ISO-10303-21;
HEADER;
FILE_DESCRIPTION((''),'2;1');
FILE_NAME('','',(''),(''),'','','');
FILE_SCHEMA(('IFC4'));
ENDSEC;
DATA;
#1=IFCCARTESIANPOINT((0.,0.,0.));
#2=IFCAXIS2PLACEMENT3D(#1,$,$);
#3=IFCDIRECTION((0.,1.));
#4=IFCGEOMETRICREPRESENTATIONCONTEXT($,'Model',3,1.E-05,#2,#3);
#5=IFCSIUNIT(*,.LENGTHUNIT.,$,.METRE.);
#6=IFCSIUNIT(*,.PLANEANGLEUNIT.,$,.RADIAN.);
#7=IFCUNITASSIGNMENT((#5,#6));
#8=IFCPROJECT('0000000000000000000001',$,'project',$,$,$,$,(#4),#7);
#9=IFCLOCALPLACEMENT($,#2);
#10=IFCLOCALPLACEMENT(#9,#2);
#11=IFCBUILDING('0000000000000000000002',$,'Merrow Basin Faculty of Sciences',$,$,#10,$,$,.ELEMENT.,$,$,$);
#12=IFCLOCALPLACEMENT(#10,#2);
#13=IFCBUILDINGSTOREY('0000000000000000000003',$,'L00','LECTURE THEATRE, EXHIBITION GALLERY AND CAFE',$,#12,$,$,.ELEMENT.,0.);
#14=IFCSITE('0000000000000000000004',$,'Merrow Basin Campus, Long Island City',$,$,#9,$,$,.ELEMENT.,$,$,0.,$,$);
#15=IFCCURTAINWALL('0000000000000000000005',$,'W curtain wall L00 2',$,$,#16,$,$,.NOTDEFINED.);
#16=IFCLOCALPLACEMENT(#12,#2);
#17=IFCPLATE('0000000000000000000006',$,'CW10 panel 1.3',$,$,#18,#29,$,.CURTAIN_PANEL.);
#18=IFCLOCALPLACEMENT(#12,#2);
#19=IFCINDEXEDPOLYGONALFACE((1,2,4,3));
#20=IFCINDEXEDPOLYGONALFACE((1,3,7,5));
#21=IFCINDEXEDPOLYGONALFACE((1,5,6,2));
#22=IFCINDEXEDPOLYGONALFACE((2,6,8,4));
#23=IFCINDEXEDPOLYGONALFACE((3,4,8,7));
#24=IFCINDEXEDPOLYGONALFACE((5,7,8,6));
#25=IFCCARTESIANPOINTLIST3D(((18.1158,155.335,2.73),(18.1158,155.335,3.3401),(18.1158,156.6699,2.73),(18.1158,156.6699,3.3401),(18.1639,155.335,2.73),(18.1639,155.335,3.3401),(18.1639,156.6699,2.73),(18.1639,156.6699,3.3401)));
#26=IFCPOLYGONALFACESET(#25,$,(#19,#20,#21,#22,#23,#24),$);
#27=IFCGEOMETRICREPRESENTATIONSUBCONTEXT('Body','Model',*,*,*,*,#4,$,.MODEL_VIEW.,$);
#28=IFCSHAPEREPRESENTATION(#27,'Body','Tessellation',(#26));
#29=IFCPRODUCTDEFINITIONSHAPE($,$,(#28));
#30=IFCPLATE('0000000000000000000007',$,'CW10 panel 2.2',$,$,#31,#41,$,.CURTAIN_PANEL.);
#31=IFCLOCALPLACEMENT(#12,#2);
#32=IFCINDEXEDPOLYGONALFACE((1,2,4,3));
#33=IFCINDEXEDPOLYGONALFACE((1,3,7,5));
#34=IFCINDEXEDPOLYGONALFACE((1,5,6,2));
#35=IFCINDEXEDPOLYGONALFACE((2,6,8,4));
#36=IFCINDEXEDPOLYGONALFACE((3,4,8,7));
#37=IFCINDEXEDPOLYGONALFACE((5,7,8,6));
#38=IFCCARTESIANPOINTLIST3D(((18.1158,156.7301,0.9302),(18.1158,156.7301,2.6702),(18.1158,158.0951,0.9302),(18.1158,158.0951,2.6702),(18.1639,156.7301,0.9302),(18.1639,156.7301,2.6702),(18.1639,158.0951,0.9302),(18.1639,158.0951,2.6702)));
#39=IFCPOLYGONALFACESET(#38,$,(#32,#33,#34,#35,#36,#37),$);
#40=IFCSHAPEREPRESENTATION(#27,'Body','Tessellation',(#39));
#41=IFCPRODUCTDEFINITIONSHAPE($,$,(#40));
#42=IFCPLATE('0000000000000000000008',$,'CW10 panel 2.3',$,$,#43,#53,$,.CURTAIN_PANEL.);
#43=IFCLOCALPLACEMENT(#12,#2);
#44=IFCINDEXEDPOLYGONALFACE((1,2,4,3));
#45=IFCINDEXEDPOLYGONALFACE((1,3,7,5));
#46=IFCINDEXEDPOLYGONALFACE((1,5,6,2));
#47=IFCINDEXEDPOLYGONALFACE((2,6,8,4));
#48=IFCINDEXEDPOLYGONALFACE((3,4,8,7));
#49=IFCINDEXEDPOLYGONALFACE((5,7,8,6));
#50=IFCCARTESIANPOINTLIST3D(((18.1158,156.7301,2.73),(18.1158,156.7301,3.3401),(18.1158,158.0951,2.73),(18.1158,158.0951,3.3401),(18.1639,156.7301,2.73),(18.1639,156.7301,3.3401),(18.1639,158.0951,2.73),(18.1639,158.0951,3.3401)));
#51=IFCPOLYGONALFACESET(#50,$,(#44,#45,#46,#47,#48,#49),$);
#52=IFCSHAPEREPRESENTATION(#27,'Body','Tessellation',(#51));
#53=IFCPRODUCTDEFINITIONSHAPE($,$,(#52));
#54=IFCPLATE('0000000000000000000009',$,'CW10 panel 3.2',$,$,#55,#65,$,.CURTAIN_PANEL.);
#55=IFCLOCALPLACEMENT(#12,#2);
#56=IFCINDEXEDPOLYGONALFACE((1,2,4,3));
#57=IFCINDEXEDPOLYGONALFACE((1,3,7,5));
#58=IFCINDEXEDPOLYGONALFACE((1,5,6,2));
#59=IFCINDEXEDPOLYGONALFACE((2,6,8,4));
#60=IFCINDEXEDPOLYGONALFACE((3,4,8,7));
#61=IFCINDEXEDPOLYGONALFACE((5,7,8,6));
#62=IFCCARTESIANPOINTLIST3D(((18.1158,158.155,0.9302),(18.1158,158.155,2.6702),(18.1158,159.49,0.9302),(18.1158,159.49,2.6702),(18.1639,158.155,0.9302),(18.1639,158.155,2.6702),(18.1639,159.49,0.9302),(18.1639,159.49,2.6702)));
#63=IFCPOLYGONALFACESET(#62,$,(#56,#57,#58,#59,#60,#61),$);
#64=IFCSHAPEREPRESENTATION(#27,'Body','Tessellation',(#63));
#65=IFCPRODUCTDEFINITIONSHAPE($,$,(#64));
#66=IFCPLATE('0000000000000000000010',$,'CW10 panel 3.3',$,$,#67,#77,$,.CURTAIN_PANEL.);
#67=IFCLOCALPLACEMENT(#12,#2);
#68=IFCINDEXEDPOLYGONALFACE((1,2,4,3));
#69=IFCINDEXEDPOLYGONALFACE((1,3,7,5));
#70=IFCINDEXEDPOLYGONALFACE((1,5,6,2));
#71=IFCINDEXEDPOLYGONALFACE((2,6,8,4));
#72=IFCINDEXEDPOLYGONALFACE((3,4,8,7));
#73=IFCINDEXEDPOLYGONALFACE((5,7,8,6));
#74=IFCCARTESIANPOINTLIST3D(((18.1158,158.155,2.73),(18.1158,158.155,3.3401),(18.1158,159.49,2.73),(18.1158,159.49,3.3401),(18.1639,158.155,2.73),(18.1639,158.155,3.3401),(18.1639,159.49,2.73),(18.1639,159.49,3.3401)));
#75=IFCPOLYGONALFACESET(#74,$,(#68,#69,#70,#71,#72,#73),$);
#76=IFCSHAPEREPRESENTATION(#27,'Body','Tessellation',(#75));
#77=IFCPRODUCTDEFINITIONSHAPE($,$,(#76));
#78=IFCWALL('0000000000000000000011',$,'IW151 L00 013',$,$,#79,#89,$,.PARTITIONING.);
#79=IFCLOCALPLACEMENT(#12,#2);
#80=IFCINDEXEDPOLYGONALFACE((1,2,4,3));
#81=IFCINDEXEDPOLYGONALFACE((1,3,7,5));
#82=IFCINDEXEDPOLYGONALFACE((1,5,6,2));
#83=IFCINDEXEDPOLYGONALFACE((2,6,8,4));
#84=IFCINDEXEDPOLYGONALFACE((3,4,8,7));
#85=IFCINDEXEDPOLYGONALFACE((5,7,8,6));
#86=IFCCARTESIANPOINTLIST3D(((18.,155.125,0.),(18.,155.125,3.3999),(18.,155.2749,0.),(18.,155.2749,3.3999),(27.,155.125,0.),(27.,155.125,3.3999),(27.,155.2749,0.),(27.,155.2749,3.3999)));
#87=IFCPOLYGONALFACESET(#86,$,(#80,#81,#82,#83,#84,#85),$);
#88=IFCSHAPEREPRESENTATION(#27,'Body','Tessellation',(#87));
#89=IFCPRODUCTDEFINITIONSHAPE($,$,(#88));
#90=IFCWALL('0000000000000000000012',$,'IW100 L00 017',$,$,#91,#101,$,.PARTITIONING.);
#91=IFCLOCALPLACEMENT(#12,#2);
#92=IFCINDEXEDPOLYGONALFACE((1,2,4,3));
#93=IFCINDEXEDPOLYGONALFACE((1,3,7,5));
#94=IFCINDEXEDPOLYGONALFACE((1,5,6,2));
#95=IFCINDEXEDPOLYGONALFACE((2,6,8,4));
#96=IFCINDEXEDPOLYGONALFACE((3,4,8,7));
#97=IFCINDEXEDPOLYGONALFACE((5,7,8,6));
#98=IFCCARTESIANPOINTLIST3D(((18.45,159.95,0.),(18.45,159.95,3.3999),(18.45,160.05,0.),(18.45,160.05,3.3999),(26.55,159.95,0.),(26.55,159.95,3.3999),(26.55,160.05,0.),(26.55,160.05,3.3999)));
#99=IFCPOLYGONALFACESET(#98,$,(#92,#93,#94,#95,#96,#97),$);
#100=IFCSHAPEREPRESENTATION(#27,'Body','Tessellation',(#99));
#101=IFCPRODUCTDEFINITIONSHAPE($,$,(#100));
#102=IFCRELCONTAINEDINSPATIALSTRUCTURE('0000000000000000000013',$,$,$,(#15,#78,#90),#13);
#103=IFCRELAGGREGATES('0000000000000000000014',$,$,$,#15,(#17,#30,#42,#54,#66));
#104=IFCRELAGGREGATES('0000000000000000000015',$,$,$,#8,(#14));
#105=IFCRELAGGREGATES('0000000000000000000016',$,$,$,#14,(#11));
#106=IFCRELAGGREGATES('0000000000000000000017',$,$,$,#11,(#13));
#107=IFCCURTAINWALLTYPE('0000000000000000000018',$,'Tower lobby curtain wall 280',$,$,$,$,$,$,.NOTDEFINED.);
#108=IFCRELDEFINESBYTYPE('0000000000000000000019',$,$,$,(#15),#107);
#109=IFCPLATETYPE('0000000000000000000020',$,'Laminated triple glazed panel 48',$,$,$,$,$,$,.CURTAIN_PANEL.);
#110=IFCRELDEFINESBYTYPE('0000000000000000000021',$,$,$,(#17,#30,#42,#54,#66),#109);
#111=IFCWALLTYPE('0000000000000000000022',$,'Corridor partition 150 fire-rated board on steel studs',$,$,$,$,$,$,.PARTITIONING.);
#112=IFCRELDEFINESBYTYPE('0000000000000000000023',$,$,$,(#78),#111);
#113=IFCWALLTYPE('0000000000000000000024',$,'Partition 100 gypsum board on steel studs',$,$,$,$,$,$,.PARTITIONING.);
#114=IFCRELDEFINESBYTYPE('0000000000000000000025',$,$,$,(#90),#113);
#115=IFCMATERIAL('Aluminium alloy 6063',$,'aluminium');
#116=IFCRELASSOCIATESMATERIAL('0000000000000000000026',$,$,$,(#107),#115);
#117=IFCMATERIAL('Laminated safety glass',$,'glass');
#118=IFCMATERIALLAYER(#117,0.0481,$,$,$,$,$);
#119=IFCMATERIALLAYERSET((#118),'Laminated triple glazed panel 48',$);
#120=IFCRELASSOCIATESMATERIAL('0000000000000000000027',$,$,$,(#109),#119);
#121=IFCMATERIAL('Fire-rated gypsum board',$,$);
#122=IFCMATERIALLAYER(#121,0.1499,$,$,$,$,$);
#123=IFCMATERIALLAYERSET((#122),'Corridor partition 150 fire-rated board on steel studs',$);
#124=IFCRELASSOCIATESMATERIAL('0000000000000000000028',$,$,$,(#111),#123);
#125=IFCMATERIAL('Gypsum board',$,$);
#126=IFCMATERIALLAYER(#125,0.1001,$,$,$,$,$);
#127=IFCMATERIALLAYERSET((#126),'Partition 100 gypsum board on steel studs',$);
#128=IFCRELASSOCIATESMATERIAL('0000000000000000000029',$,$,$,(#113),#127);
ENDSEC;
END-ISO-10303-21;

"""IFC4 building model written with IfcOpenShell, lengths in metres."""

from ifc_helpers import new_model, si_unit, direction, frame, frame_2d, origin, origin_2d, place, context, subcontext, project, spatial, rectangle, extrude, material, layer, layer_set, type_object, element, aggregate, save


model = new_model("IFC4")

# Units and contexts
model_context = context("Model", 3, precision=1e-05, world=origin(), true_north=direction((0.0, 1.0)))
body_context = subcontext(model_context, "Body", "Model", "MODEL_VIEW")
ifc_project = project(units=[si_unit("LENGTHUNIT", "METRE"), si_unit("PLANEANGLEUNIT", "RADIAN")], contexts=[model_context])

# Site, building, storey
site_placement = place(None, origin())
site = spatial("IfcSite", under=ifc_project, at=site_placement, Name="Merrow Basin Campus, Long Island City", CompositionType="ELEMENT", RefElevation=0.0)
building_placement = place(site_placement, origin())
building = spatial("IfcBuilding", under=site, at=building_placement, Name="Merrow Basin Faculty of Sciences", CompositionType="ELEMENT")
storey_placement = place(building_placement, origin())
storey = spatial("IfcBuildingStorey", under=building, at=storey_placement, Name="L00", Description="LECTURE THEATRE, EXHIBITION GALLERY AND CAFE", CompositionType="ELEMENT", Elevation=0.0)

# Curtain wall, plates
ifc_material_1 = material(Name="Aluminium alloy 6063", Category="aluminium")
curtain_wall_type = type_object("IfcCurtainWallType", Name="Tower lobby curtain wall 280", PredefinedType="NOTDEFINED", material=ifc_material_1)
curtain_wall_placement = place(storey_placement, origin())
curtain_wall = element("IfcCurtainWall", 1, at=curtain_wall_placement, inside=storey, type_object=curtain_wall_type, Name="W curtain wall L00 2", PredefinedType="NOTDEFINED")
ifc_material_2 = material(Name="Laminated safety glass", Category="glass")
ifc_layer_1 = layer(ifc_material_2, 0.0481)
ifc_layer_set_1 = layer_set([ifc_layer_1], Name="Laminated triple glazed panel 48")
plate_type_1 = type_object("IfcPlateType", Name="Laminated triple glazed panel 48", PredefinedType="CURTAIN_PANEL", material=ifc_layer_set_1)
plate_1_placement = place(storey_placement, frame((18.1399, 156.0024, 2.73), z_axis=(0.0, 0.0, 1.0), x_axis=(0.0, 1.0, 0.0)))
plate_1 = element("IfcPlate", 2, at=plate_1_placement, type_object=plate_type_1, Name="CW10 panel 1.3", PredefinedType="CURTAIN_PANEL", context=body_context, shape_type="SweptSolid", body=[
    extrude(rectangle(XDim=1.335, YDim=0.0481, at=origin_2d()), origin(), (0.0, 0.0, 1.0), 0.6101),
])
plate_2_placement = place(storey_placement, frame((18.1399, 157.4126, 0.9302), z_axis=(0.0, 0.0, 1.0), x_axis=(0.0, 1.0, 0.0)))
plate_2 = element("IfcPlate", 3, at=plate_2_placement, type_object=plate_type_1, Name="CW10 panel 2.2", PredefinedType="CURTAIN_PANEL", context=body_context, shape_type="SweptSolid", body=[
    extrude(rectangle(XDim=1.365, YDim=0.0481, at=origin_2d()), origin(), (0.0, 0.0, 1.0), 1.74),
])
plate_3_placement = place(storey_placement, frame((18.1399, 157.4126, 2.73), z_axis=(0.0, 0.0, 1.0), x_axis=(0.0, 1.0, 0.0)))
plate_3 = element("IfcPlate", 4, at=plate_3_placement, type_object=plate_type_1, Name="CW10 panel 2.3", PredefinedType="CURTAIN_PANEL", context=body_context, shape_type="SweptSolid", body=[
    extrude(rectangle(XDim=1.365, YDim=0.0481, at=origin_2d()), origin(), (0.0, 0.0, 1.0), 0.6101),
])
plate_4_placement = place(storey_placement, frame((18.1399, 158.8225, 0.9302), z_axis=(0.0, 0.0, 1.0), x_axis=(0.0, 1.0, 0.0)))
plate_4 = element("IfcPlate", 5, at=plate_4_placement, type_object=plate_type_1, Name="CW10 panel 3.2", PredefinedType="CURTAIN_PANEL", context=body_context, shape_type="SweptSolid", body=[
    extrude(rectangle(XDim=1.335, YDim=0.0481, at=origin_2d()), origin(), (0.0, 0.0, 1.0), 1.74),
])
plate_5_placement = place(storey_placement, frame((18.1399, 158.8225, 2.73), z_axis=(0.0, 0.0, 1.0), x_axis=(0.0, 1.0, 0.0)))
plate_5 = element("IfcPlate", 6, at=plate_5_placement, type_object=plate_type_1, Name="CW10 panel 3.3", PredefinedType="CURTAIN_PANEL", context=body_context, shape_type="SweptSolid", body=[
    extrude(rectangle(XDim=1.335, YDim=0.0481, at=origin_2d()), origin(), (0.0, 0.0, 1.0), 0.6101),
])
aggregate(curtain_wall, [plate_1, plate_2, plate_3, plate_4, plate_5])

# Walls
ifc_material_3 = material(Name="Fire-rated gypsum board")
ifc_layer_2 = layer(ifc_material_3, 0.1499)
ifc_layer_set_2 = layer_set([ifc_layer_2], Name="Corridor partition 150 fire-rated board on steel studs")
wall_type_1 = type_object("IfcWallType", Name="Corridor partition 150 fire-rated board on steel studs", PredefinedType="PARTITIONING", material=ifc_layer_set_2)
wall_1_placement = place(storey_placement, frame((18.0, 155.2, 0.0), z_axis=(0.0, 0.0, 1.0), x_axis=(1.0, 0.0, 0.0)))
element("IfcWall", 7, at=wall_1_placement, inside=storey, type_object=wall_type_1, Name="IW151 L00 013", PredefinedType="PARTITIONING", context=body_context, shape_type="SweptSolid", body=[
    extrude(rectangle(XDim=9.0, YDim=0.1499, at=frame_2d((4.5, 0.0))), origin(), (0.0, 0.0, 1.0), 3.3999),
])
ifc_material_4 = material(Name="Gypsum board")
ifc_layer_3 = layer(ifc_material_4, 0.1001)
ifc_layer_set_3 = layer_set([ifc_layer_3], Name="Partition 100 gypsum board on steel studs")
wall_type_2 = type_object("IfcWallType", Name="Partition 100 gypsum board on steel studs", PredefinedType="PARTITIONING", material=ifc_layer_set_3)
wall_2_placement = place(storey_placement, frame((18.45, 160.0, 0.0), z_axis=(0.0, 0.0, 1.0), x_axis=(1.0, 0.0, 0.0)))
element("IfcWall", 8, at=wall_2_placement, inside=storey, type_object=wall_type_2, Name="IW100 L00 017", PredefinedType="PARTITIONING", context=body_context, shape_type="SweptSolid", body=[
    extrude(rectangle(XDim=8.1001, YDim=0.1001, at=frame_2d((4.05, 0.0))), origin(), (0.0, 0.0, 1.0), 3.3999),
])

save(model, "model.ifc")
